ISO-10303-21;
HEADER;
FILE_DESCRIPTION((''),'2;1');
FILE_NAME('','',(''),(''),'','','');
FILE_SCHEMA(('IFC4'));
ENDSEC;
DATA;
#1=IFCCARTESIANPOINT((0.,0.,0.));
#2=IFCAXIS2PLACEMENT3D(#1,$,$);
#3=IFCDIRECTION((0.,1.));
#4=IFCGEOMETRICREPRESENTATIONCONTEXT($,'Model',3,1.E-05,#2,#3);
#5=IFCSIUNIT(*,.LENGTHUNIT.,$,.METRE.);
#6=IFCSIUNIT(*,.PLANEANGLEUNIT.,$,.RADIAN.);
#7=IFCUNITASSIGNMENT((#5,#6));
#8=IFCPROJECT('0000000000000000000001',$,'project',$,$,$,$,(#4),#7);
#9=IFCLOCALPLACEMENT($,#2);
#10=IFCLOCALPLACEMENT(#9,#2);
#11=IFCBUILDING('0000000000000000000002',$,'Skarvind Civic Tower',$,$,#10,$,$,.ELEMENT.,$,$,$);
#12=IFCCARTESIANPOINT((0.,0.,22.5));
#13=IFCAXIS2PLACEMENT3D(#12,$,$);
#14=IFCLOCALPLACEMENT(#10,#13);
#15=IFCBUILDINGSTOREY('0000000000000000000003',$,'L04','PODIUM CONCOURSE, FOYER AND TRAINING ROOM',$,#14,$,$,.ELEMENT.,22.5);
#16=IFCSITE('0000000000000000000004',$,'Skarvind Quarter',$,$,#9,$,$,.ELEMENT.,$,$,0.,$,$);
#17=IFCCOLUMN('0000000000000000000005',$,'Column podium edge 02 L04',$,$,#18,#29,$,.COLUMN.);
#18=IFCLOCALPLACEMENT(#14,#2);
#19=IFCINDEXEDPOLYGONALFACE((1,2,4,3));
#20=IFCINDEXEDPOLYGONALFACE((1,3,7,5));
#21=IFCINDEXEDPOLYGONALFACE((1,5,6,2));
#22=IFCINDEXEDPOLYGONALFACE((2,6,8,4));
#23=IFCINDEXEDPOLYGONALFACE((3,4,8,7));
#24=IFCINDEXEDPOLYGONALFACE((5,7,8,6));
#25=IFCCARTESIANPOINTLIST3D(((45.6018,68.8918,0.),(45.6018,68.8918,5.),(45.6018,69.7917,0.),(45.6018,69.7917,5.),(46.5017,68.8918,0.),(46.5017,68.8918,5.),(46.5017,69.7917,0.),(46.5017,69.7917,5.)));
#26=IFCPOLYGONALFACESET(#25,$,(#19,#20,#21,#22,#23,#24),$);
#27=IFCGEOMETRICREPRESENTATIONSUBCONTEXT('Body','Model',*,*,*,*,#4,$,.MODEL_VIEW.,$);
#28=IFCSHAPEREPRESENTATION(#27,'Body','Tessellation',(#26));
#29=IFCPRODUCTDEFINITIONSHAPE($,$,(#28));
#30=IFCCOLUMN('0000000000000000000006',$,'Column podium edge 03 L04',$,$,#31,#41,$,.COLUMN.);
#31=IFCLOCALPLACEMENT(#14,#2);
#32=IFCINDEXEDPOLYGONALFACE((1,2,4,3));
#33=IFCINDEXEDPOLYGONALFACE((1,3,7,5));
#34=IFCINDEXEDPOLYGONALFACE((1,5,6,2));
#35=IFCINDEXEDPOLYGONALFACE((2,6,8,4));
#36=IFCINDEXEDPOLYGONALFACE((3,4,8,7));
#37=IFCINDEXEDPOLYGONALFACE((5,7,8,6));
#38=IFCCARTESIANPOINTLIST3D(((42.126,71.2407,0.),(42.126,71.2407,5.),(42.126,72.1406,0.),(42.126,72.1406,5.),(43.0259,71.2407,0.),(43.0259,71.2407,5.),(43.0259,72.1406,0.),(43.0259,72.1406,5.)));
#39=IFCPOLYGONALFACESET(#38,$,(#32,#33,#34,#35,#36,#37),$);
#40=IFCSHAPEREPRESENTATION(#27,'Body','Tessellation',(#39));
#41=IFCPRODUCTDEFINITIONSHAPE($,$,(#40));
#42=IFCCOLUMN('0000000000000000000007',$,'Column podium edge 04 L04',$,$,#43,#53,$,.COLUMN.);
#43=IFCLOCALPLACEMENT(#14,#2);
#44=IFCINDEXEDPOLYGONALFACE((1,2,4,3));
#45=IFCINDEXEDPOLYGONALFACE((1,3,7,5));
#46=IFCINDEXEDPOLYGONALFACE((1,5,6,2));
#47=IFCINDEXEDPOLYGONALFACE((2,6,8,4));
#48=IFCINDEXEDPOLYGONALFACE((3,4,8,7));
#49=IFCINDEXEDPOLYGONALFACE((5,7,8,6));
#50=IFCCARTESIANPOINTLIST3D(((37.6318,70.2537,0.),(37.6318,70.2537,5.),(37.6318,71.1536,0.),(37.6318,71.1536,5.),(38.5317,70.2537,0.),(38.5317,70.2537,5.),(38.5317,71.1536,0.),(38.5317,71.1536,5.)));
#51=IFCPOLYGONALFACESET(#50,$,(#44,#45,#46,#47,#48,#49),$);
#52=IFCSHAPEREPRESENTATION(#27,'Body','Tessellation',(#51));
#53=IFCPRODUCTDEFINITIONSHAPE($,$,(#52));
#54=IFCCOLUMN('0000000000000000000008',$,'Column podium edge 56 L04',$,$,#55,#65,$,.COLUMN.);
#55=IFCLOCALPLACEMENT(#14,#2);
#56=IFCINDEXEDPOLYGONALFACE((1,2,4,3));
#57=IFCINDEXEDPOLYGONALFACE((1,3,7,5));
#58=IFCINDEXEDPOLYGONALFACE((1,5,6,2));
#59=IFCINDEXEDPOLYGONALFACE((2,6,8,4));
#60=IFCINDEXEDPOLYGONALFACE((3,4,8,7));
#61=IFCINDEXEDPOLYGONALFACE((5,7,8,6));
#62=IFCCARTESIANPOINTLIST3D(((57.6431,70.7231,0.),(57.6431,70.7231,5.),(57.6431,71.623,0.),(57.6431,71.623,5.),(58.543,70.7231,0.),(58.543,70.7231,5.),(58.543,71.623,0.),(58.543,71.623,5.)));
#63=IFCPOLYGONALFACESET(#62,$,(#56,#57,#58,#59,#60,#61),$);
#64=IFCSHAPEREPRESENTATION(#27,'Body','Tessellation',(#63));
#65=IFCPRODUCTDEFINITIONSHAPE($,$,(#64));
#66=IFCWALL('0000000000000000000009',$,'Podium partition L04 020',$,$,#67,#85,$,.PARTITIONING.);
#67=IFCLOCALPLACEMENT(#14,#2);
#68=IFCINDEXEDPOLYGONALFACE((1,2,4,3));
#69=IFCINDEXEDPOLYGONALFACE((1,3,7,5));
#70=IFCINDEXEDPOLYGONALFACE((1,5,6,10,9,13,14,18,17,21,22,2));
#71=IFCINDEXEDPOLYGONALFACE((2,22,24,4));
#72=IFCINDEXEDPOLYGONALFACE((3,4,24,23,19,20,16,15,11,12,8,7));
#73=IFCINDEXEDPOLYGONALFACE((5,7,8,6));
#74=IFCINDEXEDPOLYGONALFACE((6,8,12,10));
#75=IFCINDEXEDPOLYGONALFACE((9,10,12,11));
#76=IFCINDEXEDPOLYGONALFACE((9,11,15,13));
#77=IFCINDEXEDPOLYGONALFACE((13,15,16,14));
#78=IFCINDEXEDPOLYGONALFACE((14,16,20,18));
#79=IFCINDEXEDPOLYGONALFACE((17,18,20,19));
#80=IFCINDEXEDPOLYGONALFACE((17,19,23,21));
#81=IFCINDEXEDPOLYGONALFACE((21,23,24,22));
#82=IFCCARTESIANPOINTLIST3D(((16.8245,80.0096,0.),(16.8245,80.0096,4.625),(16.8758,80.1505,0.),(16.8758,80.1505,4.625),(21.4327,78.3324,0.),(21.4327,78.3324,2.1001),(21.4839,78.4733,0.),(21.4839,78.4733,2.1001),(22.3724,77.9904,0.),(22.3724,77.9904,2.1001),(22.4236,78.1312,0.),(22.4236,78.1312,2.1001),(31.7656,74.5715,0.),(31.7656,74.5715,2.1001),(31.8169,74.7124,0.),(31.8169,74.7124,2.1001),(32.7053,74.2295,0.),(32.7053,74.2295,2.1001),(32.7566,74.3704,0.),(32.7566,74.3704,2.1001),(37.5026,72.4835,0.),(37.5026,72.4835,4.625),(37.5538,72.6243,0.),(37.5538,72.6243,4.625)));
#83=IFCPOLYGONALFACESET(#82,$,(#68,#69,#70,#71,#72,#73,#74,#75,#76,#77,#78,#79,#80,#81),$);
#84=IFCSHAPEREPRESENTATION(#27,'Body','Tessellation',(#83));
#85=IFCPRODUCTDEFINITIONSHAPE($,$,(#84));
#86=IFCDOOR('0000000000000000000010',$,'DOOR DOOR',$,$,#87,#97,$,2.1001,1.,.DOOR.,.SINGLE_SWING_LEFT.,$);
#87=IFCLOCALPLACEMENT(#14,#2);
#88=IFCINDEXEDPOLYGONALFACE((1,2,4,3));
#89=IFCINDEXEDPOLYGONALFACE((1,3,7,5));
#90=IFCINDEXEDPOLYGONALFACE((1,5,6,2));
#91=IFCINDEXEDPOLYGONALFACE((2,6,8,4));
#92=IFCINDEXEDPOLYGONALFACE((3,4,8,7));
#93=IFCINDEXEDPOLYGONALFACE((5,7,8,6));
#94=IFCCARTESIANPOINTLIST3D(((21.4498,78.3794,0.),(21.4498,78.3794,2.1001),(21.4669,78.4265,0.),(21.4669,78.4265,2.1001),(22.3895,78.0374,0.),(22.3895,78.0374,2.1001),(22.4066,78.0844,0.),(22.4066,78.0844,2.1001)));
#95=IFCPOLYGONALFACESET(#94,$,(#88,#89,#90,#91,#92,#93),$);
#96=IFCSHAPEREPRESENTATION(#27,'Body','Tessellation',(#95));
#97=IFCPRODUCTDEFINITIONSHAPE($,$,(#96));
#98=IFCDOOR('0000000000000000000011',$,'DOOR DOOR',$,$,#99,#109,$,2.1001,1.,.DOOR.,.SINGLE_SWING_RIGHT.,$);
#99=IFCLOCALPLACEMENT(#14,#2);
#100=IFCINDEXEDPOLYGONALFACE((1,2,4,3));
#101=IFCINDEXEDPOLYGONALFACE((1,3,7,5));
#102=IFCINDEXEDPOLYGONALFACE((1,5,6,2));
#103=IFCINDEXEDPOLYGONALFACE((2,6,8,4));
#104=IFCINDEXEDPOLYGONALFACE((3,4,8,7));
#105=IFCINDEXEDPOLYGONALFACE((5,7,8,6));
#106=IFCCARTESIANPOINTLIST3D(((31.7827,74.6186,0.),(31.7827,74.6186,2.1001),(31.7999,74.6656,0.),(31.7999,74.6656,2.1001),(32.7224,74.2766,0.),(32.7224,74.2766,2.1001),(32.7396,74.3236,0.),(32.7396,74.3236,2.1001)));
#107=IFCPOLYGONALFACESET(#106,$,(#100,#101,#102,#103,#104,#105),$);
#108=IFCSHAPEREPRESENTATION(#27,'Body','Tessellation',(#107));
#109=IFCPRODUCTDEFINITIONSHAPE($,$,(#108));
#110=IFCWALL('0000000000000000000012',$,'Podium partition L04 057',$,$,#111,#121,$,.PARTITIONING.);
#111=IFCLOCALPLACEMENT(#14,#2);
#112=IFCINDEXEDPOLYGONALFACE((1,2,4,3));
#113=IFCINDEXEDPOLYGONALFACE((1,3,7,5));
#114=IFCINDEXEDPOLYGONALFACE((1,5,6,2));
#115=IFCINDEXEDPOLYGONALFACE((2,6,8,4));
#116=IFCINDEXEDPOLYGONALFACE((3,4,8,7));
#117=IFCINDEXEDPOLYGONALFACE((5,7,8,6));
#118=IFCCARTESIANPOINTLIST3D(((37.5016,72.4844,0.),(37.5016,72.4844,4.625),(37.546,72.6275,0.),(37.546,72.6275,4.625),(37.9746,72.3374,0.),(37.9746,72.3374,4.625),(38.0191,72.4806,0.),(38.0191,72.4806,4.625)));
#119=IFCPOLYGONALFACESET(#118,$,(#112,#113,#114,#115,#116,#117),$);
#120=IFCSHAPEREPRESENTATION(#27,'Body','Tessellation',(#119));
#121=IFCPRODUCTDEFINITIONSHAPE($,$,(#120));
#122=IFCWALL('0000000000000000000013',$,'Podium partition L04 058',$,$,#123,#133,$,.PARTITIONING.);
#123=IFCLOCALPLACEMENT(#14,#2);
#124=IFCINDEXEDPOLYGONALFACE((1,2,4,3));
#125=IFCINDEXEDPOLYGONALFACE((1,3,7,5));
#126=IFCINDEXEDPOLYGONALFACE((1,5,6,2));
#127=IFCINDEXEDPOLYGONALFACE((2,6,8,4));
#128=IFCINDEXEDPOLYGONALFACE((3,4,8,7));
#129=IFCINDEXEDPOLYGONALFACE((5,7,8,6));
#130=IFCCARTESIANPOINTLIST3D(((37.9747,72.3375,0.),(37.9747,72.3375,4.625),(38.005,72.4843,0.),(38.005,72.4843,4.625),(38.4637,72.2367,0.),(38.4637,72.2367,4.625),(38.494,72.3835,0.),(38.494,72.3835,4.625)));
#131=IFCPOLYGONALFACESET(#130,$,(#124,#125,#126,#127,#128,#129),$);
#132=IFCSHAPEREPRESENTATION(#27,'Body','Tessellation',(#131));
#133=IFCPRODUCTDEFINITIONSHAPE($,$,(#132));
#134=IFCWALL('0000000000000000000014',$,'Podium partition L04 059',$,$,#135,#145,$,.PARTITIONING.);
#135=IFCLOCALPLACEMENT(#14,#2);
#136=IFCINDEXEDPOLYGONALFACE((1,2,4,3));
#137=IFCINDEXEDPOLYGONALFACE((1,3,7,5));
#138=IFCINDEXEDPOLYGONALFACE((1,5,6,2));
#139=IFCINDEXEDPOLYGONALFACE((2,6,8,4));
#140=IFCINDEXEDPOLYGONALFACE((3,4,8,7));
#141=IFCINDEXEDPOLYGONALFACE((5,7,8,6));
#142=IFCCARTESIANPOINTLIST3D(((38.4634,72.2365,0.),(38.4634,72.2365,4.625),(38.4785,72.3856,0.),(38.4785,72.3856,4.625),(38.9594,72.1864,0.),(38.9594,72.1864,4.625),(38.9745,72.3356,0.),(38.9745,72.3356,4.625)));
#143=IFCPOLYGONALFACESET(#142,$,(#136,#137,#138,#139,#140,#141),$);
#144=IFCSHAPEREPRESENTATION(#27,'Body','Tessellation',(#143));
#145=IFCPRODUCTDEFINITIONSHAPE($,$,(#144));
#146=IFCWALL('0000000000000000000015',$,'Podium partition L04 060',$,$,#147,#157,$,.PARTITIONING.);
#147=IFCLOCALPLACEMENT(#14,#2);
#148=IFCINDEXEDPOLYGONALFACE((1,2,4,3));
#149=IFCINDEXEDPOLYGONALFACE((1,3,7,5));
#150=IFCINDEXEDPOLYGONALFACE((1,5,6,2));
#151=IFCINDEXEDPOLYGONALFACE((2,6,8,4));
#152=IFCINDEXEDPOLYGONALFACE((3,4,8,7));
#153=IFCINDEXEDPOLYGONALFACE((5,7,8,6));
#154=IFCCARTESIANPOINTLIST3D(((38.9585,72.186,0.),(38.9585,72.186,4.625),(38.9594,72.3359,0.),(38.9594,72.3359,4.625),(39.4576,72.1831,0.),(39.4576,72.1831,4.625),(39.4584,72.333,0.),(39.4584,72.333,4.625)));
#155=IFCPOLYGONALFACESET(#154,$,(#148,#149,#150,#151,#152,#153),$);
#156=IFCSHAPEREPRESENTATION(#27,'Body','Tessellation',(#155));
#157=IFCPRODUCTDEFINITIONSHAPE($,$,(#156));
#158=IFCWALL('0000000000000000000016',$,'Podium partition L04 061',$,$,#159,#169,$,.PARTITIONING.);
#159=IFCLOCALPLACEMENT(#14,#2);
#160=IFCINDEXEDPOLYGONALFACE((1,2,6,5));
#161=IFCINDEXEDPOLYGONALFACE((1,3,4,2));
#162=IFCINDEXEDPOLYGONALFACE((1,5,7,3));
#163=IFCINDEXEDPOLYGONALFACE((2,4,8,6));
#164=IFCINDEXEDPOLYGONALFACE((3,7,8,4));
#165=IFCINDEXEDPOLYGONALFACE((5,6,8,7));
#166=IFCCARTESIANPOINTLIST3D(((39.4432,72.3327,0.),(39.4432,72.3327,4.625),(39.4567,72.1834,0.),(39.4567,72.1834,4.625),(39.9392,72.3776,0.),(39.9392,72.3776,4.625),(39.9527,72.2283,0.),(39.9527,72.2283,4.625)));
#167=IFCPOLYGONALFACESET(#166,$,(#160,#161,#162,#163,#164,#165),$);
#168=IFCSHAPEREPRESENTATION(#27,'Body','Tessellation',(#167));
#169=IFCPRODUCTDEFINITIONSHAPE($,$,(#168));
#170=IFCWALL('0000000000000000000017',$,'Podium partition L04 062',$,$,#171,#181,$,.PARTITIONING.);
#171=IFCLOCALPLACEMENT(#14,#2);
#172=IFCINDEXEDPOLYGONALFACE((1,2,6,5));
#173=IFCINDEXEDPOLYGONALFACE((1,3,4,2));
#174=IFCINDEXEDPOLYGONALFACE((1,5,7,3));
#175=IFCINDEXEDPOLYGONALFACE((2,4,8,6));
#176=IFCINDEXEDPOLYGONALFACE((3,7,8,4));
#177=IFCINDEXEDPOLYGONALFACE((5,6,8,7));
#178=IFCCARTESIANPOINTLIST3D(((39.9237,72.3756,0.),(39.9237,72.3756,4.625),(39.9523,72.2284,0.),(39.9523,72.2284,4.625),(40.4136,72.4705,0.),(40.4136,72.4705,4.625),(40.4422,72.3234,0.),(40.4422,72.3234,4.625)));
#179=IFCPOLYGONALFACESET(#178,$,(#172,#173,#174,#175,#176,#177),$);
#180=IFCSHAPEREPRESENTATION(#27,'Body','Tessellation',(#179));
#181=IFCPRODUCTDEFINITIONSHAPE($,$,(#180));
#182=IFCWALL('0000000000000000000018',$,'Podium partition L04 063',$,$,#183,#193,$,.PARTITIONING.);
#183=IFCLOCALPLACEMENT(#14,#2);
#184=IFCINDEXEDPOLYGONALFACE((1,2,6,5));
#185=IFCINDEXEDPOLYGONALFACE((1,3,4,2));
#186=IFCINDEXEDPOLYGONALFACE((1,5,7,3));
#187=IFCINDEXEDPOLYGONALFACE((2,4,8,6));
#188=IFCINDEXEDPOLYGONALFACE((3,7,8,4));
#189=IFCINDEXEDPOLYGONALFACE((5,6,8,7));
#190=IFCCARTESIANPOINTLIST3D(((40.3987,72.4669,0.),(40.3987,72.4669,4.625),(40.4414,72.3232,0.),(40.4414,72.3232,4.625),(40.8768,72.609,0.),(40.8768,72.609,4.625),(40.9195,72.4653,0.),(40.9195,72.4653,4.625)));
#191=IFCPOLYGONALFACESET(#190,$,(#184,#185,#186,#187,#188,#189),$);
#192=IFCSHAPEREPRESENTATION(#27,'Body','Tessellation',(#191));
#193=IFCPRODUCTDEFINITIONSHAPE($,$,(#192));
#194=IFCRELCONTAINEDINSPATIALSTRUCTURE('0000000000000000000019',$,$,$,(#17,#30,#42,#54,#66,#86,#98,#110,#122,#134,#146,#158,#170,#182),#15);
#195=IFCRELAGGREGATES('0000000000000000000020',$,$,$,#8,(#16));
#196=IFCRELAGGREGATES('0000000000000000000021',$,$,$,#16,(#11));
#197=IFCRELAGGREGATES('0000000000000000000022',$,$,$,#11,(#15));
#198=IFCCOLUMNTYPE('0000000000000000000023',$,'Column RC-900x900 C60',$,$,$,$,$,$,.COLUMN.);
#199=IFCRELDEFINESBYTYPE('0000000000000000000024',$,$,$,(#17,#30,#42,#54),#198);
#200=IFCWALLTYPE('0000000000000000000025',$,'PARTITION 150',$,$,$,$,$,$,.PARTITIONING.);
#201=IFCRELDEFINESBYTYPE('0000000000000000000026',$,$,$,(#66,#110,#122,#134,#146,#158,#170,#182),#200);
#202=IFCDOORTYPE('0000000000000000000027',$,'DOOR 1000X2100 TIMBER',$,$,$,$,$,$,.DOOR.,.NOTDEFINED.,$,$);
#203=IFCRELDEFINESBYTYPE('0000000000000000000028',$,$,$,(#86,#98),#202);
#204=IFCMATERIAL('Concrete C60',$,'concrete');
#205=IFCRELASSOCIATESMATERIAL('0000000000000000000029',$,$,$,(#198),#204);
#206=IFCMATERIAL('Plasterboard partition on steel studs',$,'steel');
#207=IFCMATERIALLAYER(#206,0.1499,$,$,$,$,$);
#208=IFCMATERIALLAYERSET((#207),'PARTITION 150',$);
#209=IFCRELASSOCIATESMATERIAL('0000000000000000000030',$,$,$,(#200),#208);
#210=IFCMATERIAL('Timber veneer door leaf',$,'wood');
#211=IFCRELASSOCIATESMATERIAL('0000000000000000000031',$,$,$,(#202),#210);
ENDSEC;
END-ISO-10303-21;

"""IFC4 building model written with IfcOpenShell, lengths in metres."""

from ifc_helpers import new_model, si_unit, direction, frame, frame_2d, origin, origin_2d, place, context, subcontext, project, spatial, rectangle, extrude, material, layer, layer_set, material_profile, profile_set, type_object, element, fill, save


model = new_model("IFC4")

# Units and contexts
model_context = context("Model", 3, precision=1e-05, world=origin(), true_north=direction((0.0, 1.0)))
body_context = subcontext(model_context, "Body", "Model", "MODEL_VIEW")
ifc_project = project(units=[si_unit("LENGTHUNIT", "METRE"), si_unit("PLANEANGLEUNIT", "RADIAN")], contexts=[model_context])

# Site, building, storey
site_placement = place(None, origin())
site = spatial("IfcSite", under=ifc_project, at=site_placement, Name="Skarvind Quarter", CompositionType="ELEMENT", RefElevation=0.0)
building_placement = place(site_placement, origin())
building = spatial("IfcBuilding", under=site, at=building_placement, Name="Skarvind Civic Tower", CompositionType="ELEMENT")
storey_placement = place(building_placement, frame((0.0, 0.0, 22.5)))
storey = spatial("IfcBuildingStorey", under=building, at=storey_placement, Name="L04", Description="PODIUM CONCOURSE, FOYER AND TRAINING ROOM", CompositionType="ELEMENT", Elevation=22.5)

# Columns
ifc_material_1 = material(Name="Concrete C60", Category="concrete")
ifc_material_profile = material_profile(ifc_material_1, rectangle(XDim=0.8999, YDim=0.8999, at=origin_2d()), Name="RC-900x900")
ifc_profile_set = profile_set([ifc_material_profile], Name="Concrete C60")
column_type = type_object("IfcColumnType", Name="Column RC-900x900 C60", PredefinedType="COLUMN", material=ifc_profile_set)
for number, where, z_axis, x_axis, name in (
    (1, (46.0518, 69.3418, 0.0), (0.0, 0.0, 1.0), (1.0, 0.0, 0.0), "Column podium edge 02 L04"),
    (2, (42.5759, 71.6907, 0.0), (0.0, 0.0, 1.0), (1.0, 0.0, 0.0), "Column podium edge 03 L04"),
    (3, (38.0818, 70.7036, 0.0), (0.0, 0.0, 1.0), (1.0, 0.0, 0.0), "Column podium edge 04 L04"),
    (4, (58.093, 71.1731, 0.0), (0.0, 0.0, 1.0), (1.0, 0.0, 0.0), "Column podium edge 56 L04"),
):
    element("IfcColumn", number, at=place(storey_placement, frame(where, z_axis=z_axis, x_axis=x_axis)), inside=storey, type_object=column_type, Name=name, PredefinedType="COLUMN", context=body_context, shape_type="SweptSolid", body=[
        extrude(rectangle(XDim=0.8999, YDim=0.8999, at=origin_2d()), origin(), (0.0, 0.0, 1.0), 5.0),
    ])

# Wall, openings, doors
ifc_material_2 = material(Name="Plasterboard partition on steel studs", Category="steel")
ifc_layer_1 = layer(ifc_material_2, 0.1499)
ifc_layer_set_1 = layer_set([ifc_layer_1], Name="PARTITION 150")
wall_type_1 = type_object("IfcWallType", Name="PARTITION 150", PredefinedType="PARTITIONING", material=ifc_layer_set_1)
wall_1_placement = place(storey_placement, frame((37.5281, 72.554, 0.0), z_axis=(0.0, 0.0, 1.0), x_axis=(-0.939693, 0.342018, 0.0)))
wall_1 = element("IfcWall", 5, at=wall_1_placement, inside=storey, type_object=wall_type_1, Name="Podium partition L04 020", PredefinedType="PARTITIONING", context=body_context, shape_type="SweptSolid", body=[
    extrude(rectangle(XDim=22.0051, YDim=0.1499, at=frame_2d((11.0024, 0.0))), origin(), (0.0, 0.0, 1.0), 4.625),
])
opening_1_placement = place(wall_1_placement, frame((16.1011, 0.0, 0.0)))
opening_1 = element("IfcOpeningElement", 6, at=opening_1_placement, cuts=wall_1, PredefinedType="OPENING", context=body_context, shape_type="SweptSolid", body=[
    extrude(rectangle(XDim=1.0, YDim=2.1001, at=frame_2d((0.5, 1.05))), frame((0.0, 0.085, 0.0), z_axis=(0.0, -1.0, 0.0), x_axis=(1.0, 0.0, 0.0)), (0.0, 0.0, 1.0), 0.1699),
])
opening_2_placement = place(wall_1_placement, frame((5.105, 0.0, 0.0)))
opening_2 = element("IfcOpeningElement", 7, at=opening_2_placement, cuts=wall_1, PredefinedType="OPENING", context=body_context, shape_type="SweptSolid", body=[
    extrude(rectangle(XDim=1.0, YDim=2.1001, at=frame_2d((0.5, 1.05))), frame((0.0, 0.085, 0.0), z_axis=(0.0, -1.0, 0.0), x_axis=(1.0, 0.0, 0.0)), (0.0, 0.0, 1.0), 0.1699),
])
ifc_material_3 = material(Name="Timber veneer door leaf", Category="wood")
door_type = type_object("IfcDoorType", Name="DOOR 1000X2100 TIMBER", OperationType="NOTDEFINED", PredefinedType="DOOR", material=ifc_material_3)
door_1_placement = place(opening_1_placement, origin())
door_1 = element("IfcDoor", 8, at=door_1_placement, inside=storey, type_object=door_type, Name="DOOR DOOR", OperationType="SINGLE_SWING_LEFT", OverallHeight=2.1001, OverallWidth=1.0, PredefinedType="DOOR", context=body_context, shape_type="SweptSolid", body=[
    extrude(rectangle(XDim=1.0, YDim=2.1001, at=frame_2d((0.5, 1.05))), frame((0.0, 0.0249, 0.0), z_axis=(0.0, -1.0, 0.0), x_axis=(1.0, 0.0, 0.0)), (0.0, 0.0, 1.0), 0.05),
])
fill(opening_1, door_1)
door_2_placement = place(opening_2_placement, origin())
door_2 = element("IfcDoor", 9, at=door_2_placement, inside=storey, type_object=door_type, Name="DOOR DOOR", OperationType="SINGLE_SWING_RIGHT", OverallHeight=2.1001, OverallWidth=1.0, PredefinedType="DOOR", context=body_context, shape_type="SweptSolid", body=[
    extrude(rectangle(XDim=1.0, YDim=2.1001, at=frame_2d((0.5, 1.05))), frame((0.0, 0.0249, 0.0), z_axis=(0.0, -1.0, 0.0), x_axis=(1.0, 0.0, 0.0)), (0.0, 0.0, 1.0), 0.05),
])
fill(opening_2, door_2)

# Walls
wall_2_placement = place(storey_placement, frame((37.5239, 72.5559, 0.0), z_axis=(0.0, 0.0, 1.0), x_axis=(0.954987, -0.296647, 0.0)))
element("IfcWall", 10, at=wall_2_placement, inside=storey, type_object=wall_type_1, Name="Podium partition L04 057", PredefinedType="PARTITIONING", context=body_context, shape_type="SweptSolid", body=[
    extrude(rectangle(XDim=0.4954, YDim=0.1499, at=frame_2d((0.2476, 0.0))), origin(), (0.0, 0.0, 1.0), 4.625),
])
wall_3_placement = place(storey_placement, frame((37.99, 72.4109, 0.0), z_axis=(0.0, 0.0, 1.0), x_axis=(0.979397, -0.201943, 0.0)))
element("IfcWall", 11, at=wall_3_placement, inside=storey, type_object=wall_type_1, Name="Podium partition L04 058", PredefinedType="PARTITIONING", context=body_context, shape_type="SweptSolid", body=[
    extrude(rectangle(XDim=0.4993, YDim=0.1499, at=frame_2d((0.2495, 0.0))), origin(), (0.0, 0.0, 1.0), 4.625),
])
wall_4_placement = place(storey_placement, frame((38.4709, 72.311, 0.0), z_axis=(0.0, 0.0, 1.0), x_axis=(0.99495, -0.100376, 0.0)))
element("IfcWall", 12, at=wall_4_placement, inside=storey, type_object=wall_type_1, Name="Podium partition L04 059", PredefinedType="PARTITIONING", context=body_context, shape_type="SweptSolid", body=[
    extrude(rectangle(XDim=0.4985, YDim=0.1499, at=frame_2d((0.2493, 0.0))), origin(), (0.0, 0.0, 1.0), 4.625),
])
wall_5_placement = place(storey_placement, frame((38.959, 72.261, 0.0), z_axis=(0.0, 0.0, 1.0), x_axis=(0.999983, -0.005871, 0.0)))
element("IfcWall", 13, at=wall_5_placement, inside=storey, type_object=wall_type_1, Name="Podium partition L04 060", PredefinedType="PARTITIONING", context=body_context, shape_type="SweptSolid", body=[
    extrude(rectangle(XDim=0.499, YDim=0.1499, at=frame_2d((0.2495, 0.0))), origin(), (0.0, 0.0, 1.0), 4.625),
])
wall_6_placement = place(storey_placement, frame((39.45, 72.2581, 0.0), z_axis=(0.0, 0.0, 1.0), x_axis=(0.995925, 0.090182, 0.0)))
element("IfcWall", 14, at=wall_6_placement, inside=storey, type_object=wall_type_1, Name="Podium partition L04 061", PredefinedType="PARTITIONING", context=body_context, shape_type="SweptSolid", body=[
    extrude(rectangle(XDim=0.498, YDim=0.1499, at=frame_2d((0.249, 0.0))), origin(), (0.0, 0.0, 1.0), 4.625),
])
wall_7_placement = place(storey_placement, frame((39.938, 72.302, 0.0), z_axis=(0.0, 0.0, 1.0), x_axis=(0.98173, 0.19028, 0.0)))
element("IfcWall", 15, at=wall_7_placement, inside=storey, type_object=wall_type_1, Name="Podium partition L04 062", PredefinedType="PARTITIONING", context=body_context, shape_type="SweptSolid", body=[
    extrude(rectangle(XDim=0.499, YDim=0.1499, at=frame_2d((0.2495, 0.0))), origin(), (0.0, 0.0, 1.0), 4.625),
])
wall_8_placement = place(storey_placement, frame((40.4199, 72.395, 0.0), z_axis=(0.0, 0.0, 1.0), x_axis=(0.958551, 0.284922, 0.0)))
element("IfcWall", 16, at=wall_8_placement, inside=storey, type_object=wall_type_1, Name="Podium partition L04 063", PredefinedType="PARTITIONING", context=body_context, shape_type="SweptSolid", body=[
    extrude(rectangle(XDim=0.4988, YDim=0.1499, at=frame_2d((0.2495, 0.0))), origin(), (0.0, 0.0, 1.0), 4.625),
])

save(model, "model.ifc")
